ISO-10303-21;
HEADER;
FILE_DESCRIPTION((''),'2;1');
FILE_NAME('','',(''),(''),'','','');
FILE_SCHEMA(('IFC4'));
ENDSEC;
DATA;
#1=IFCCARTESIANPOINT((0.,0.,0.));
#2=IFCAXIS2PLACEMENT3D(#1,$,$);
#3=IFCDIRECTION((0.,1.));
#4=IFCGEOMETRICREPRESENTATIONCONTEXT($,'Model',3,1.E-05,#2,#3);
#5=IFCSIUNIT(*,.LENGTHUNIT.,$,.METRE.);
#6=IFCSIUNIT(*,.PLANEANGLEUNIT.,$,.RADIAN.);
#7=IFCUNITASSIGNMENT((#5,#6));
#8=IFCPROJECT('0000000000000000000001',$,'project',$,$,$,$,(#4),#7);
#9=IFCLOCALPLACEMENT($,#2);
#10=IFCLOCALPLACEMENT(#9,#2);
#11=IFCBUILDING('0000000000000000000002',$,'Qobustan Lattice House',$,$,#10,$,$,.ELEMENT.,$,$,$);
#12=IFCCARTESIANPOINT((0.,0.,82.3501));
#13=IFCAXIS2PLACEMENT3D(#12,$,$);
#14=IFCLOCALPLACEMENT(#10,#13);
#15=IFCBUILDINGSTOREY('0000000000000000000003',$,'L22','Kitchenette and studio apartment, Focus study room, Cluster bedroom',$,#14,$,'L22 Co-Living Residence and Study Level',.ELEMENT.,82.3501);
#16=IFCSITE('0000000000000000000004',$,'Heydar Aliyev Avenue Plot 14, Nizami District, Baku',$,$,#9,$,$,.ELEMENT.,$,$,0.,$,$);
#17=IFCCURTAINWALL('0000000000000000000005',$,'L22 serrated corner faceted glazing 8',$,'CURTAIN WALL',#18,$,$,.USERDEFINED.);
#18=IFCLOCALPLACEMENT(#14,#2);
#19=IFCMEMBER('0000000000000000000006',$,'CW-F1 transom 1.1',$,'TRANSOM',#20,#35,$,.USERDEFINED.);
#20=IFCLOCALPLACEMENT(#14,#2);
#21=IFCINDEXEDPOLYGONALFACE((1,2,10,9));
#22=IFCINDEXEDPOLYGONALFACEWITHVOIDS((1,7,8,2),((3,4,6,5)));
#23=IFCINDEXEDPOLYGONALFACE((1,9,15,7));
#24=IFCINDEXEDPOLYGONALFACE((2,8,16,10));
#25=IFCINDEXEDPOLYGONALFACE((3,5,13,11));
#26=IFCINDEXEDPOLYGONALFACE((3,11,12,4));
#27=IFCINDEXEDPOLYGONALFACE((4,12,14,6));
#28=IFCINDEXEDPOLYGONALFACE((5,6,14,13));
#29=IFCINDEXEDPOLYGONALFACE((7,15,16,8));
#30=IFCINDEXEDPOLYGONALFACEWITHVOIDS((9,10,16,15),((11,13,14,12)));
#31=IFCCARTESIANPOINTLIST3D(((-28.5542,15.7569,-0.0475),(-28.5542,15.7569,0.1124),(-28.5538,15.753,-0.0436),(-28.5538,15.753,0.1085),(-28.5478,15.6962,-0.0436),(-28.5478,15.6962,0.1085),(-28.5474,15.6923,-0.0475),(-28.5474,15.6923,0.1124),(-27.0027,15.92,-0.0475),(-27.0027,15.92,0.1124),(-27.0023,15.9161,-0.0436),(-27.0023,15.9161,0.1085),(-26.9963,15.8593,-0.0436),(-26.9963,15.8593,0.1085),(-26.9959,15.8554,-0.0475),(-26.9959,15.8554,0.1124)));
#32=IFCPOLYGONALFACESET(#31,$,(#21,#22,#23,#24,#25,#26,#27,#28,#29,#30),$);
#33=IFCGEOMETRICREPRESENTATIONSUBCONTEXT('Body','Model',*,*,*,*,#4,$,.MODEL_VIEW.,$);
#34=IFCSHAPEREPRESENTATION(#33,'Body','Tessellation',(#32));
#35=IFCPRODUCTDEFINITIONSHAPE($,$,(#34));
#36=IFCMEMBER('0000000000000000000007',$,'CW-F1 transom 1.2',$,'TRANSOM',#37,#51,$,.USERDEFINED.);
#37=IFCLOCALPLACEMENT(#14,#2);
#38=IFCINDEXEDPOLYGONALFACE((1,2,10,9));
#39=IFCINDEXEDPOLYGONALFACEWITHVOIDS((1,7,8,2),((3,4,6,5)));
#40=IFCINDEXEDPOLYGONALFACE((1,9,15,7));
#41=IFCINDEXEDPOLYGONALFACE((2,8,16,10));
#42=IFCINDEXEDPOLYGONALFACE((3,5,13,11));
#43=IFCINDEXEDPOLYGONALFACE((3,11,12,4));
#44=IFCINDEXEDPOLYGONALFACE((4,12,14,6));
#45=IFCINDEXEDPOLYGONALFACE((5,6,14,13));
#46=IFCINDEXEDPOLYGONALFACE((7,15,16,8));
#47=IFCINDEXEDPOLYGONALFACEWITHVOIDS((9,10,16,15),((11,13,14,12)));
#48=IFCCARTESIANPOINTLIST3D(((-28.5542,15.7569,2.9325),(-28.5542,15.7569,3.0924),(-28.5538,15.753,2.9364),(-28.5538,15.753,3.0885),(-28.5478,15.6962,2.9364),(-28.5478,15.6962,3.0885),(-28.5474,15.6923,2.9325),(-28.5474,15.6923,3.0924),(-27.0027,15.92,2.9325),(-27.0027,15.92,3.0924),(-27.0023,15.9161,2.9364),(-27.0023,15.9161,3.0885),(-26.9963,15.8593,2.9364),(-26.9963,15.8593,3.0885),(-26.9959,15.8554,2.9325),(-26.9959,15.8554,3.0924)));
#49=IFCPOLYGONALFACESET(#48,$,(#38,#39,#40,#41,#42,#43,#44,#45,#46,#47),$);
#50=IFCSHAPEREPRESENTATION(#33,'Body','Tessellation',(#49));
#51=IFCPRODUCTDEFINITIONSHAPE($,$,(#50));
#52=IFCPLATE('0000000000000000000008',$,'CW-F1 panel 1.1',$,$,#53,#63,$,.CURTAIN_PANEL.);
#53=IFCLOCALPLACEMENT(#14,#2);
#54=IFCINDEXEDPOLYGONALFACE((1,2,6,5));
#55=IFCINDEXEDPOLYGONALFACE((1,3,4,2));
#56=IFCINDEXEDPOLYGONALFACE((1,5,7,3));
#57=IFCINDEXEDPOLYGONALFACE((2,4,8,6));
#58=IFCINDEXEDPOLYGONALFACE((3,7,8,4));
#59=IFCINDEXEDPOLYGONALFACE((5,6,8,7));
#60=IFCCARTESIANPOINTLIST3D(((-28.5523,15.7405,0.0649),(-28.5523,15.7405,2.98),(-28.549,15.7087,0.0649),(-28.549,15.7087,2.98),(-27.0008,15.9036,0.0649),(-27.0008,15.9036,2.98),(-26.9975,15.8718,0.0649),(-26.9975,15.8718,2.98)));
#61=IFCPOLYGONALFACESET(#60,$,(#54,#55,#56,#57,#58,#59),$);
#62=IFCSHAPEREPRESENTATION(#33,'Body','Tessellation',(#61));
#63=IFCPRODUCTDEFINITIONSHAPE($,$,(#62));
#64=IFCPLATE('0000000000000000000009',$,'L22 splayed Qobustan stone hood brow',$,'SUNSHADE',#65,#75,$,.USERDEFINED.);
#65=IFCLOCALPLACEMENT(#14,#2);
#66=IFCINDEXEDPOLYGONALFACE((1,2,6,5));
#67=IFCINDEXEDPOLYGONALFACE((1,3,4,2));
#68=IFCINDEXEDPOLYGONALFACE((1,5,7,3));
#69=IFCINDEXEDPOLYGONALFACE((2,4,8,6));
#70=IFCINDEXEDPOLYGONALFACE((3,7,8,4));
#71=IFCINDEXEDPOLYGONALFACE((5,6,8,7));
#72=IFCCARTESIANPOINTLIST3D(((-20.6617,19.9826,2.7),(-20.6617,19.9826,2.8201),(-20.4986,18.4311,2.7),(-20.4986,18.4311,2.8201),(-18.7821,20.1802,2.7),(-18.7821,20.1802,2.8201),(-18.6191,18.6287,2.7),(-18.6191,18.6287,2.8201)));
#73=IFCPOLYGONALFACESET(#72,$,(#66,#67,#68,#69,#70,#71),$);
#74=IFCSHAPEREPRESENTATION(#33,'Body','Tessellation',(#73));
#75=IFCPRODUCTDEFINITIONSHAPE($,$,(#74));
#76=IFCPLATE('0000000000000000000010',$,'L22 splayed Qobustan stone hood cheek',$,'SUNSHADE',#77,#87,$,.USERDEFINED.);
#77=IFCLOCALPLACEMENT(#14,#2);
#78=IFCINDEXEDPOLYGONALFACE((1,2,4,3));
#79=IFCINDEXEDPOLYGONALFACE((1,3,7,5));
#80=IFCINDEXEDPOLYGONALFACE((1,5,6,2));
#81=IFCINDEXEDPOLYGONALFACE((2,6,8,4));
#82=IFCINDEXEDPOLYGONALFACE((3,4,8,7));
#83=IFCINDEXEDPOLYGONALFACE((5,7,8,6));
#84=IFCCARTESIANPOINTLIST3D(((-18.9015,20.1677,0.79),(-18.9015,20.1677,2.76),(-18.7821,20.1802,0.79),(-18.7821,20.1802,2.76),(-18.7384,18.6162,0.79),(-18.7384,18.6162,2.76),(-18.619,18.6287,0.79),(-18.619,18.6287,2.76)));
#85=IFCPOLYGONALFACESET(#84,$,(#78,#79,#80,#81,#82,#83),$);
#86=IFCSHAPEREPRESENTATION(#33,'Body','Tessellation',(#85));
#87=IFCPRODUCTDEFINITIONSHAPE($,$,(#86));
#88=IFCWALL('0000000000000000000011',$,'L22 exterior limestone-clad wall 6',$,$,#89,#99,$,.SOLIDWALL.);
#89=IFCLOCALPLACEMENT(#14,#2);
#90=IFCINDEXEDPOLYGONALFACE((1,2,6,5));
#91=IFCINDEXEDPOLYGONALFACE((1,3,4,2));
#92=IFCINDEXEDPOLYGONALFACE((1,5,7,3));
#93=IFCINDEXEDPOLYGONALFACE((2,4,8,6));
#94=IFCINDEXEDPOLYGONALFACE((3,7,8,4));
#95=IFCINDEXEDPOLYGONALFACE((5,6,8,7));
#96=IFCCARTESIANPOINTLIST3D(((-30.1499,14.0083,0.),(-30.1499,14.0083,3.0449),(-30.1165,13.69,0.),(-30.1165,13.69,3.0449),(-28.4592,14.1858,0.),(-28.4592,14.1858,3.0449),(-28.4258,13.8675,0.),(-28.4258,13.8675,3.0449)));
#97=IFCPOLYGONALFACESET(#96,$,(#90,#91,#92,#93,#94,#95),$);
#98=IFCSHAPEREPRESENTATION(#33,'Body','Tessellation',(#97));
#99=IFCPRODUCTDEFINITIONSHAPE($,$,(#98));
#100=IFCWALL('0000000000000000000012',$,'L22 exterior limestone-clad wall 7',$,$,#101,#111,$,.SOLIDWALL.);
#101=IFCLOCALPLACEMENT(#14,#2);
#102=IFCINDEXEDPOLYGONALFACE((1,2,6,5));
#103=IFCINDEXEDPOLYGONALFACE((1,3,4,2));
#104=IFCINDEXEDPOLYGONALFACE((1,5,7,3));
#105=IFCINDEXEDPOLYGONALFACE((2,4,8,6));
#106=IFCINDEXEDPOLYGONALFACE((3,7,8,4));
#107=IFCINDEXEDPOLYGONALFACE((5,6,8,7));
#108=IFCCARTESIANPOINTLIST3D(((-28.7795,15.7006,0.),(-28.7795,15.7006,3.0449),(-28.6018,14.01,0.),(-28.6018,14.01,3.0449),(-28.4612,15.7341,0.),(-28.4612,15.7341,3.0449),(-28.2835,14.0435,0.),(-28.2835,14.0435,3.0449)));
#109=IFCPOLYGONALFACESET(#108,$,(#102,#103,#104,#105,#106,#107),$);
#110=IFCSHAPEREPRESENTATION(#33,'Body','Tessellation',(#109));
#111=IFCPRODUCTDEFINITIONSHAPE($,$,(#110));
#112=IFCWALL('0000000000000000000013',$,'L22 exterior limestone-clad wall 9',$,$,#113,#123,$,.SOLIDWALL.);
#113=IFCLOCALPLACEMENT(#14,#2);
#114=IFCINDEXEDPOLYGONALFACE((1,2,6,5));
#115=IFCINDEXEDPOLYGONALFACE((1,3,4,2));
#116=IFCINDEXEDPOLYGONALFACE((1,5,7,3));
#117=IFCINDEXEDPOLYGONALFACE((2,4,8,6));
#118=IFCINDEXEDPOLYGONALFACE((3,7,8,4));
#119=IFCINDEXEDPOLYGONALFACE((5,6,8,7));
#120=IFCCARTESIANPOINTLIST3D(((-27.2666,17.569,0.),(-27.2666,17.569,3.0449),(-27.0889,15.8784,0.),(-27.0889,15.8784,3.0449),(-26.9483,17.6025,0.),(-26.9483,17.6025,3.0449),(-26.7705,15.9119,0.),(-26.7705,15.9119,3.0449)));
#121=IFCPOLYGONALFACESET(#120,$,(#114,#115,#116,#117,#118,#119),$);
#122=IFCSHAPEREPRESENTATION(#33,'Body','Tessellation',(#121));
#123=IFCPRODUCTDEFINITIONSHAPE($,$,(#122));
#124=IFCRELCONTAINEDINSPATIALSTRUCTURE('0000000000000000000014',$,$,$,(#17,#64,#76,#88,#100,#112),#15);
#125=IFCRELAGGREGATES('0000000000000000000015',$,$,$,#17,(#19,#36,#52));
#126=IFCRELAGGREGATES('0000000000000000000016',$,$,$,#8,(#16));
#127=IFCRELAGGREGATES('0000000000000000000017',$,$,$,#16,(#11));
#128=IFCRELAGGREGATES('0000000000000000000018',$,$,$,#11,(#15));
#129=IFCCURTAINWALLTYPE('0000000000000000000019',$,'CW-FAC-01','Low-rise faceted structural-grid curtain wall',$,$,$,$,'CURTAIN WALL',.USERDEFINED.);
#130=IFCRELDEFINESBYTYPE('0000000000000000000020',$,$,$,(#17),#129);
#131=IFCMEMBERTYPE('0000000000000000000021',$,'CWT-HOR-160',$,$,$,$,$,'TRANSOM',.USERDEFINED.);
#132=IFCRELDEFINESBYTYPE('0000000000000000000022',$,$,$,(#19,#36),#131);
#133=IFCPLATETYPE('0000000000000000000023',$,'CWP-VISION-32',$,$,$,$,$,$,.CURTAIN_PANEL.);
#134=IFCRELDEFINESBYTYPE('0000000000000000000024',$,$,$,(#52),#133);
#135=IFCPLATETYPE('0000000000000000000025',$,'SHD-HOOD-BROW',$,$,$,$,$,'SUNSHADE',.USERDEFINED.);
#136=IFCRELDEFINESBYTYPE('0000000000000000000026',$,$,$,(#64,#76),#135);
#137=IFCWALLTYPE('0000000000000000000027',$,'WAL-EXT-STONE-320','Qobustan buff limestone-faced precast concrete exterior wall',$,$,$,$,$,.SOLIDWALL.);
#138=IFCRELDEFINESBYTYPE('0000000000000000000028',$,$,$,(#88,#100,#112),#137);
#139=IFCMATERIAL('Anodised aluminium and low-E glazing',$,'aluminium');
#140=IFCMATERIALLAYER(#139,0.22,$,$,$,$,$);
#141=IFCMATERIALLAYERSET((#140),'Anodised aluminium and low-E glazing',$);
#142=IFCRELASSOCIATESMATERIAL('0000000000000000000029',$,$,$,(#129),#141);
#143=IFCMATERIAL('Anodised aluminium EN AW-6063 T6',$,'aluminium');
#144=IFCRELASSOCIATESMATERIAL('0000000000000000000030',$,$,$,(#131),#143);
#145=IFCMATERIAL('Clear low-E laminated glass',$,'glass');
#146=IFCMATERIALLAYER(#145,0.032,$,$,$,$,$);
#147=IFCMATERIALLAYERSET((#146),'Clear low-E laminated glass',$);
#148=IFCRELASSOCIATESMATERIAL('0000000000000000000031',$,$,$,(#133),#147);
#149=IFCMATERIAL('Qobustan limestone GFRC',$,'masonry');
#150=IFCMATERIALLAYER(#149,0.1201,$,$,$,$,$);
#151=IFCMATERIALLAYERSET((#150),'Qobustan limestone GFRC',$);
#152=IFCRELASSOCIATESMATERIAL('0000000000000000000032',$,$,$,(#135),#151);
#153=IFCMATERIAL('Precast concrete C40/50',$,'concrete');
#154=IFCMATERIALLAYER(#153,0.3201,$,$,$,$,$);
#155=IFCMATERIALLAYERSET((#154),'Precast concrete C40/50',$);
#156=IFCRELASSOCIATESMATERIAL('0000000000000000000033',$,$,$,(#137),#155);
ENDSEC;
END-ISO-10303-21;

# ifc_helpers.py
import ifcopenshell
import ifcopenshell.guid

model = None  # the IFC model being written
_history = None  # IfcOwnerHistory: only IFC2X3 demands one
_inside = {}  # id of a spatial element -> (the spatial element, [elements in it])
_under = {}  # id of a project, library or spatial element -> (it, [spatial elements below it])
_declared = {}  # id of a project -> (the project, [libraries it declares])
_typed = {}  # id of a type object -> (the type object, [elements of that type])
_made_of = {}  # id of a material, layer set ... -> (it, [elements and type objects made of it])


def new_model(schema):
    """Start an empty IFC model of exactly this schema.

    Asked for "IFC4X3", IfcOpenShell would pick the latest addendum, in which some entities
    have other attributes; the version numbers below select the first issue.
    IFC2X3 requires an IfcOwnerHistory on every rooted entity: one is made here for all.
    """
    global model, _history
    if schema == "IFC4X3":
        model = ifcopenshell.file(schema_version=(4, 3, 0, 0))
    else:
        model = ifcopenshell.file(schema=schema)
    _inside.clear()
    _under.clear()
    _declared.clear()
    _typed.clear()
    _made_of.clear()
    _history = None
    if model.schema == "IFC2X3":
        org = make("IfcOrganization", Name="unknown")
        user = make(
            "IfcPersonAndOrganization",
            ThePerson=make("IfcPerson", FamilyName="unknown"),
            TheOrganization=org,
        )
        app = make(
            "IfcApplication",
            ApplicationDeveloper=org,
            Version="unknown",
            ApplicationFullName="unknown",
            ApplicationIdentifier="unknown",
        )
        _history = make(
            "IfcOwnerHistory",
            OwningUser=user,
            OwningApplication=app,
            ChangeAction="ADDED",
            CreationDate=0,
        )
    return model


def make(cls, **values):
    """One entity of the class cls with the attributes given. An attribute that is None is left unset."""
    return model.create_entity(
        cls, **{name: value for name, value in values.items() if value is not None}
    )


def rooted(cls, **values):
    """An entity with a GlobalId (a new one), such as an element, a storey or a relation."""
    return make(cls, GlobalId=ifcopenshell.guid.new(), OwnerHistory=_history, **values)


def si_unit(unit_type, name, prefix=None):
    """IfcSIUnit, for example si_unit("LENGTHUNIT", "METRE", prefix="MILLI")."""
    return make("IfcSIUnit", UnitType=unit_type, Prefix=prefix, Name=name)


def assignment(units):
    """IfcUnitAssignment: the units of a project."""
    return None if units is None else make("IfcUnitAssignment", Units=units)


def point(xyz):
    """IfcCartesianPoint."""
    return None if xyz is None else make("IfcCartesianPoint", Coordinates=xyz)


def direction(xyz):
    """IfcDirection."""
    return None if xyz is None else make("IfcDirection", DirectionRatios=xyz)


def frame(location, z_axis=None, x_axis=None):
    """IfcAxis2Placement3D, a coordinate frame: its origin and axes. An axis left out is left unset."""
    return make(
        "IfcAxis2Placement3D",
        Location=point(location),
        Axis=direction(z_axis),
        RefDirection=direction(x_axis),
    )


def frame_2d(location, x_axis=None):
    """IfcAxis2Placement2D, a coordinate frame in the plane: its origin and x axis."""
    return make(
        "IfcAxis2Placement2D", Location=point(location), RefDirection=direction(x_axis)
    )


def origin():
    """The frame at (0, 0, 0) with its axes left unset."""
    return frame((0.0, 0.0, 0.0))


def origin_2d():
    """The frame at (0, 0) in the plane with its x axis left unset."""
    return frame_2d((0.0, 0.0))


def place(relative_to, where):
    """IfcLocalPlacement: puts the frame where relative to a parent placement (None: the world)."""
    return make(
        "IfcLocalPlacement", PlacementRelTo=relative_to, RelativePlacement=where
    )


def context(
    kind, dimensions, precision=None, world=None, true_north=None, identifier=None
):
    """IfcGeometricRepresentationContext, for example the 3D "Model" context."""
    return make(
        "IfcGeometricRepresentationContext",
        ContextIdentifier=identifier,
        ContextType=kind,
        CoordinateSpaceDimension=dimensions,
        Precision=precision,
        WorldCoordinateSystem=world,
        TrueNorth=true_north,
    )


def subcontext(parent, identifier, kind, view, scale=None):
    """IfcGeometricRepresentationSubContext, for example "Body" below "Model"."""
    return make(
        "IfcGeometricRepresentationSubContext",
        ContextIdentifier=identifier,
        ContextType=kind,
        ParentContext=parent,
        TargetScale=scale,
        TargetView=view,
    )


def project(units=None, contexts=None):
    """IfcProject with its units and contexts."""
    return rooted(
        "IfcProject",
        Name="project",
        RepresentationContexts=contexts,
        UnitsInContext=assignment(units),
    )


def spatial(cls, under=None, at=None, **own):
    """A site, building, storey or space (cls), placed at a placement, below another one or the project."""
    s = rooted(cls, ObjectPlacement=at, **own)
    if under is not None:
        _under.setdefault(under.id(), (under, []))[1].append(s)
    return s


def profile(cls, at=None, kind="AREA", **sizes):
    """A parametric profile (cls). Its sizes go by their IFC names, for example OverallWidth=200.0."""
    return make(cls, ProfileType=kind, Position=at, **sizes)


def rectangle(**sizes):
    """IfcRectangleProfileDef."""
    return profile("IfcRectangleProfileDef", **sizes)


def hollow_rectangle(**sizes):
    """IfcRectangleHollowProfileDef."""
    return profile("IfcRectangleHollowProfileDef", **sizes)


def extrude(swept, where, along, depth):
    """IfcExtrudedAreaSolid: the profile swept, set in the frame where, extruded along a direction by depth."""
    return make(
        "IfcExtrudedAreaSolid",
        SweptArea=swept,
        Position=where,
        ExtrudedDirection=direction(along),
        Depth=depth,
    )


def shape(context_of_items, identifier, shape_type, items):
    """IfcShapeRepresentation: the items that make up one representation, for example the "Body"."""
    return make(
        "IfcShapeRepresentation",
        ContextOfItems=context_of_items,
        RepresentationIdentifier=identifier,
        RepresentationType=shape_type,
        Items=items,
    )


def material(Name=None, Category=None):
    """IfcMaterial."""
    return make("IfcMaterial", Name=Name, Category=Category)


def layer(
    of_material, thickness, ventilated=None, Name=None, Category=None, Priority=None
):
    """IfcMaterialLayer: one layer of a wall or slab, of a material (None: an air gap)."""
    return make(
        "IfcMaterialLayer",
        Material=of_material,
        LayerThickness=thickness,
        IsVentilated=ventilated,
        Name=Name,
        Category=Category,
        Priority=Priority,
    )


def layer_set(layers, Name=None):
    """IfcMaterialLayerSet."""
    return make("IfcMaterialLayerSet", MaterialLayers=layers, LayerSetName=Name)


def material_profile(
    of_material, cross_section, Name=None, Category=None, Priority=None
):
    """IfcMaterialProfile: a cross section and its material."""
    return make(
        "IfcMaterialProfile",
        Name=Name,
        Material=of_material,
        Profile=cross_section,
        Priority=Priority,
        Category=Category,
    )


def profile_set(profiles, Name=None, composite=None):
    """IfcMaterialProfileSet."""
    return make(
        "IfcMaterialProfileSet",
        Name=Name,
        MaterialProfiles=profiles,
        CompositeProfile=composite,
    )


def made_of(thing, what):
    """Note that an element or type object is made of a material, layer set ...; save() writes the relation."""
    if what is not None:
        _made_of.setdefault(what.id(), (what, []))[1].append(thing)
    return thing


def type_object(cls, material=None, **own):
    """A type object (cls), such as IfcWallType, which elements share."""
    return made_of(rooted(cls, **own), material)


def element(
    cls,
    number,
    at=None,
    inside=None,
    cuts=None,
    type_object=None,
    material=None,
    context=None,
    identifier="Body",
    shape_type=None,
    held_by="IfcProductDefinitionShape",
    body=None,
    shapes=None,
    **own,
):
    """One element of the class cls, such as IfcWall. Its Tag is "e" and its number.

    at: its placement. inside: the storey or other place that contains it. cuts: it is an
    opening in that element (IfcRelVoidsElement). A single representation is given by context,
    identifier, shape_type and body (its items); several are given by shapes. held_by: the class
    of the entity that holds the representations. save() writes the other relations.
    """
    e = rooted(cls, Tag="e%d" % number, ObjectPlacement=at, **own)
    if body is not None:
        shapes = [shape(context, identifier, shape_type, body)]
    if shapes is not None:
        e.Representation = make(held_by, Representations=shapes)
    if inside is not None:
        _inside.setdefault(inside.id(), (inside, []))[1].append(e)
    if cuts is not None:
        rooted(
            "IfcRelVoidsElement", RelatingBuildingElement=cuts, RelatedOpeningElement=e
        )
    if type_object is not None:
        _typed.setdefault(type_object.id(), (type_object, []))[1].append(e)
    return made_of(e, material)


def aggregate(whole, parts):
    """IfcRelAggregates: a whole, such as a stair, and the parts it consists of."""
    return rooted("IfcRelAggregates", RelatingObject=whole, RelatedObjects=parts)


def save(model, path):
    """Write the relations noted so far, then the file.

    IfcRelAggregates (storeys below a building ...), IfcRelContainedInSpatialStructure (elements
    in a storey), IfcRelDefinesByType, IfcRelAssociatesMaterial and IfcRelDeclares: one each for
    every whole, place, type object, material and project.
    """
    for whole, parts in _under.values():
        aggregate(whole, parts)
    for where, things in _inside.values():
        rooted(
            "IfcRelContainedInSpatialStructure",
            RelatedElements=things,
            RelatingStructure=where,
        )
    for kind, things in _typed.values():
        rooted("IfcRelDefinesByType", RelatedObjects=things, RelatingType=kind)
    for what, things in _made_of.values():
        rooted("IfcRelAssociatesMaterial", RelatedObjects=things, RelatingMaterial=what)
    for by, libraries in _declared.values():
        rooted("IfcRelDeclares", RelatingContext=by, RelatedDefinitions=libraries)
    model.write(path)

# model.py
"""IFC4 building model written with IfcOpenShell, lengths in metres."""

from ifc_helpers import new_model, si_unit, direction, frame, frame_2d, origin, origin_2d, place, context, subcontext, project, spatial, rectangle, hollow_rectangle, extrude, material, layer, layer_set, material_profile, profile_set, type_object, element, aggregate, save


model = new_model("IFC4")

# Units and contexts
model_context = context("Model", 3, precision=1e-05, world=origin(), true_north=direction((0.0, 1.0)))
body_context = subcontext(model_context, "Body", "Model", "MODEL_VIEW")
ifc_project = project(units=[si_unit("LENGTHUNIT", "METRE"), si_unit("PLANEANGLEUNIT", "RADIAN")], contexts=[model_context])

# Site, building, storey
site_placement = place(None, origin())
site = spatial("IfcSite", under=ifc_project, at=site_placement, Name="Heydar Aliyev Avenue Plot 14, Nizami District, Baku", CompositionType="ELEMENT", RefElevation=0.0)
building_placement = place(site_placement, origin())
building = spatial("IfcBuilding", under=site, at=building_placement, Name="Qobustan Lattice House", CompositionType="ELEMENT")
storey_placement = place(building_placement, frame((0.0, 0.0, 82.3501)))
storey = spatial("IfcBuildingStorey", under=building, at=storey_placement, Name="L22", Description="Kitchenette and studio apartment, Focus study room, Cluster bedroom", LongName="L22 Co-Living Residence and Study Level", CompositionType="ELEMENT", Elevation=82.3501)

# Curtain wall, members, plate
ifc_material_1 = material(Name="Anodised aluminium and low-E glazing", Category="aluminium")
ifc_layer_1 = layer(ifc_material_1, 0.22)
ifc_layer_set_1 = layer_set([ifc_layer_1], Name="Anodised aluminium and low-E glazing")
curtain_wall_type = type_object("IfcCurtainWallType", Name="CW-FAC-01", Description="Low-rise faceted structural-grid curtain wall", ElementType="CURTAIN WALL", PredefinedType="USERDEFINED", material=ifc_layer_set_1)
curtain_wall_placement = place(storey_placement, origin())
curtain_wall = element("IfcCurtainWall", 1, at=curtain_wall_placement, inside=storey, type_object=curtain_wall_type, Name="L22 serrated corner faceted glazing 8", ObjectType="CURTAIN WALL", PredefinedType="USERDEFINED")
ifc_material_2 = material(Name="Anodised aluminium EN AW-6063 T6", Category="aluminium")
ifc_material_profile_1 = material_profile(ifc_material_2, hollow_rectangle(XDim=0.0649, YDim=0.1599, WallThickness=0.0039, at=origin_2d()), Name="CWT-160x65")
ifc_profile_set_1 = profile_set([ifc_material_profile_1], Name="Anodised aluminium EN AW-6063 T6")
member_type_1 = type_object("IfcMemberType", Name="CWT-HOR-160", ElementType="TRANSOM", PredefinedType="USERDEFINED", material=ifc_profile_set_1)
member_1_placement = place(storey_placement, frame((-28.5508, 15.7246, 0.0325), z_axis=(0.994521, 0.104538, 0.0), x_axis=(-0.104538, 0.994521, 0.0)))
member_1 = element("IfcMember", 2, at=member_1_placement, type_object=member_type_1, Name="CW-F1 transom 1.1", ObjectType="TRANSOM", PredefinedType="USERDEFINED", context=body_context, shape_type="SweptSolid", body=[
    extrude(hollow_rectangle(XDim=0.0649, YDim=0.1599, WallThickness=0.0039, at=origin_2d()), origin(), (0.0, 0.0, 1.0), 1.5601),
])
member_2_placement = place(storey_placement, frame((-28.5508, 15.7246, 3.0125), z_axis=(0.994521, 0.104538, 0.0), x_axis=(-0.104538, 0.994521, 0.0)))
member_2 = element("IfcMember", 3, at=member_2_placement, type_object=member_type_1, Name="CW-F1 transom 1.2", ObjectType="TRANSOM", PredefinedType="USERDEFINED", context=body_context, shape_type="SweptSolid", body=[
    extrude(hollow_rectangle(XDim=0.0649, YDim=0.1599, WallThickness=0.0039, at=origin_2d()), origin(), (0.0, 0.0, 1.0), 1.5601),
])
ifc_material_3 = material(Name="Clear low-E laminated glass", Category="glass")
ifc_layer_2 = layer(ifc_material_3, 0.032)
ifc_layer_set_2 = layer_set([ifc_layer_2], Name="Clear low-E laminated glass")
plate_type_1 = type_object("IfcPlateType", Name="CWP-VISION-32", PredefinedType="CURTAIN_PANEL", material=ifc_layer_set_2)
plate_1_placement = place(storey_placement, frame((-27.7749, 15.8062, 0.0649), z_axis=(0.0, 0.0, 1.0), x_axis=(0.994522, 0.104529, 0.0)))
plate_1 = element("IfcPlate", 4, at=plate_1_placement, type_object=plate_type_1, Name="CW-F1 panel 1.1", PredefinedType="CURTAIN_PANEL", context=body_context, shape_type="SweptSolid", body=[
    extrude(rectangle(XDim=1.5601, YDim=0.032, at=origin_2d()), origin(), (0.0, 0.0, 1.0), 2.915),
])
aggregate(curtain_wall, [member_1, member_2, plate_1])

# Plates
ifc_material_4 = material(Name="Qobustan limestone GFRC", Category="masonry")
ifc_layer_3 = layer(ifc_material_4, 0.1201)
ifc_layer_set_3 = layer_set([ifc_layer_3], Name="Qobustan limestone GFRC")
plate_type_2 = type_object("IfcPlateType", Name="SHD-HOOD-BROW", ElementType="SUNSHADE", PredefinedType="USERDEFINED", material=ifc_layer_set_3)
plate_2_placement = place(storey_placement, frame((-19.6404, 19.3057, 2.7), z_axis=(0.0, 0.0, 1.0), x_axis=(0.994522, 0.104528, 0.0)))
element("IfcPlate", 5, at=plate_2_placement, inside=storey, type_object=plate_type_2, Name="L22 splayed Qobustan stone hood brow", ObjectType="SUNSHADE", PredefinedType="USERDEFINED", context=body_context, shape_type="SweptSolid", body=[
    extrude(rectangle(XDim=1.8899, YDim=1.5601, at=origin_2d()), origin(), (0.0, 0.0, 1.0), 0.1201),
])
plate_3_placement = place(storey_placement, frame((-18.7603, 19.3982, 0.79), z_axis=(0.0, 0.0, 1.0), x_axis=(0.994522, 0.104528, 0.0)))
element("IfcPlate", 6, at=plate_3_placement, inside=storey, type_object=plate_type_2, Name="L22 splayed Qobustan stone hood cheek", ObjectType="SUNSHADE", PredefinedType="USERDEFINED", context=body_context, shape_type="SweptSolid", body=[
    extrude(rectangle(XDim=0.1201, YDim=1.5601, at=origin_2d()), origin(), (0.0, 0.0, 1.0), 1.97),
])

# Walls
ifc_material_5 = material(Name="Precast concrete C40/50", Category="concrete")
ifc_layer_4 = layer(ifc_material_5, 0.3201)
ifc_layer_set_4 = layer_set([ifc_layer_4], Name="Precast concrete C40/50")
wall_type = type_object("IfcWallType", Name="WAL-EXT-STONE-320", Description="Qobustan buff limestone-faced precast concrete exterior wall", PredefinedType="SOLIDWALL", material=ifc_layer_set_4)
for number, where, z_axis, x_axis, name in (
    (7, (-30.1333, 13.8491, 0.0), (0.0, 0.0, 1.0), (0.994535, 0.104408, 0.0), "L22 exterior limestone-clad wall 6"),
    (8, (-28.4426, 14.0266, 0.0), (0.0, 0.0, 1.0), (-0.10455, 0.99452, 0.0), "L22 exterior limestone-clad wall 7"),
    (9, (-26.9297, 15.895, 0.0), (0.0, 0.0, 1.0), (-0.10455, 0.99452, 0.0), "L22 exterior limestone-clad wall 9"),
):
    element("IfcWall", number, at=place(storey_placement, frame(where, z_axis=z_axis, x_axis=x_axis)), inside=storey, type_object=wall_type, Name=name, PredefinedType="SOLIDWALL", context=body_context, shape_type="SweptSolid", body=[
        extrude(rectangle(XDim=1.7, YDim=0.3201, at=frame_2d((0.8501, 0.0))), origin(), (0.0, 0.0, 1.0), 3.0449),
    ])

save(model, "model.ifc")
